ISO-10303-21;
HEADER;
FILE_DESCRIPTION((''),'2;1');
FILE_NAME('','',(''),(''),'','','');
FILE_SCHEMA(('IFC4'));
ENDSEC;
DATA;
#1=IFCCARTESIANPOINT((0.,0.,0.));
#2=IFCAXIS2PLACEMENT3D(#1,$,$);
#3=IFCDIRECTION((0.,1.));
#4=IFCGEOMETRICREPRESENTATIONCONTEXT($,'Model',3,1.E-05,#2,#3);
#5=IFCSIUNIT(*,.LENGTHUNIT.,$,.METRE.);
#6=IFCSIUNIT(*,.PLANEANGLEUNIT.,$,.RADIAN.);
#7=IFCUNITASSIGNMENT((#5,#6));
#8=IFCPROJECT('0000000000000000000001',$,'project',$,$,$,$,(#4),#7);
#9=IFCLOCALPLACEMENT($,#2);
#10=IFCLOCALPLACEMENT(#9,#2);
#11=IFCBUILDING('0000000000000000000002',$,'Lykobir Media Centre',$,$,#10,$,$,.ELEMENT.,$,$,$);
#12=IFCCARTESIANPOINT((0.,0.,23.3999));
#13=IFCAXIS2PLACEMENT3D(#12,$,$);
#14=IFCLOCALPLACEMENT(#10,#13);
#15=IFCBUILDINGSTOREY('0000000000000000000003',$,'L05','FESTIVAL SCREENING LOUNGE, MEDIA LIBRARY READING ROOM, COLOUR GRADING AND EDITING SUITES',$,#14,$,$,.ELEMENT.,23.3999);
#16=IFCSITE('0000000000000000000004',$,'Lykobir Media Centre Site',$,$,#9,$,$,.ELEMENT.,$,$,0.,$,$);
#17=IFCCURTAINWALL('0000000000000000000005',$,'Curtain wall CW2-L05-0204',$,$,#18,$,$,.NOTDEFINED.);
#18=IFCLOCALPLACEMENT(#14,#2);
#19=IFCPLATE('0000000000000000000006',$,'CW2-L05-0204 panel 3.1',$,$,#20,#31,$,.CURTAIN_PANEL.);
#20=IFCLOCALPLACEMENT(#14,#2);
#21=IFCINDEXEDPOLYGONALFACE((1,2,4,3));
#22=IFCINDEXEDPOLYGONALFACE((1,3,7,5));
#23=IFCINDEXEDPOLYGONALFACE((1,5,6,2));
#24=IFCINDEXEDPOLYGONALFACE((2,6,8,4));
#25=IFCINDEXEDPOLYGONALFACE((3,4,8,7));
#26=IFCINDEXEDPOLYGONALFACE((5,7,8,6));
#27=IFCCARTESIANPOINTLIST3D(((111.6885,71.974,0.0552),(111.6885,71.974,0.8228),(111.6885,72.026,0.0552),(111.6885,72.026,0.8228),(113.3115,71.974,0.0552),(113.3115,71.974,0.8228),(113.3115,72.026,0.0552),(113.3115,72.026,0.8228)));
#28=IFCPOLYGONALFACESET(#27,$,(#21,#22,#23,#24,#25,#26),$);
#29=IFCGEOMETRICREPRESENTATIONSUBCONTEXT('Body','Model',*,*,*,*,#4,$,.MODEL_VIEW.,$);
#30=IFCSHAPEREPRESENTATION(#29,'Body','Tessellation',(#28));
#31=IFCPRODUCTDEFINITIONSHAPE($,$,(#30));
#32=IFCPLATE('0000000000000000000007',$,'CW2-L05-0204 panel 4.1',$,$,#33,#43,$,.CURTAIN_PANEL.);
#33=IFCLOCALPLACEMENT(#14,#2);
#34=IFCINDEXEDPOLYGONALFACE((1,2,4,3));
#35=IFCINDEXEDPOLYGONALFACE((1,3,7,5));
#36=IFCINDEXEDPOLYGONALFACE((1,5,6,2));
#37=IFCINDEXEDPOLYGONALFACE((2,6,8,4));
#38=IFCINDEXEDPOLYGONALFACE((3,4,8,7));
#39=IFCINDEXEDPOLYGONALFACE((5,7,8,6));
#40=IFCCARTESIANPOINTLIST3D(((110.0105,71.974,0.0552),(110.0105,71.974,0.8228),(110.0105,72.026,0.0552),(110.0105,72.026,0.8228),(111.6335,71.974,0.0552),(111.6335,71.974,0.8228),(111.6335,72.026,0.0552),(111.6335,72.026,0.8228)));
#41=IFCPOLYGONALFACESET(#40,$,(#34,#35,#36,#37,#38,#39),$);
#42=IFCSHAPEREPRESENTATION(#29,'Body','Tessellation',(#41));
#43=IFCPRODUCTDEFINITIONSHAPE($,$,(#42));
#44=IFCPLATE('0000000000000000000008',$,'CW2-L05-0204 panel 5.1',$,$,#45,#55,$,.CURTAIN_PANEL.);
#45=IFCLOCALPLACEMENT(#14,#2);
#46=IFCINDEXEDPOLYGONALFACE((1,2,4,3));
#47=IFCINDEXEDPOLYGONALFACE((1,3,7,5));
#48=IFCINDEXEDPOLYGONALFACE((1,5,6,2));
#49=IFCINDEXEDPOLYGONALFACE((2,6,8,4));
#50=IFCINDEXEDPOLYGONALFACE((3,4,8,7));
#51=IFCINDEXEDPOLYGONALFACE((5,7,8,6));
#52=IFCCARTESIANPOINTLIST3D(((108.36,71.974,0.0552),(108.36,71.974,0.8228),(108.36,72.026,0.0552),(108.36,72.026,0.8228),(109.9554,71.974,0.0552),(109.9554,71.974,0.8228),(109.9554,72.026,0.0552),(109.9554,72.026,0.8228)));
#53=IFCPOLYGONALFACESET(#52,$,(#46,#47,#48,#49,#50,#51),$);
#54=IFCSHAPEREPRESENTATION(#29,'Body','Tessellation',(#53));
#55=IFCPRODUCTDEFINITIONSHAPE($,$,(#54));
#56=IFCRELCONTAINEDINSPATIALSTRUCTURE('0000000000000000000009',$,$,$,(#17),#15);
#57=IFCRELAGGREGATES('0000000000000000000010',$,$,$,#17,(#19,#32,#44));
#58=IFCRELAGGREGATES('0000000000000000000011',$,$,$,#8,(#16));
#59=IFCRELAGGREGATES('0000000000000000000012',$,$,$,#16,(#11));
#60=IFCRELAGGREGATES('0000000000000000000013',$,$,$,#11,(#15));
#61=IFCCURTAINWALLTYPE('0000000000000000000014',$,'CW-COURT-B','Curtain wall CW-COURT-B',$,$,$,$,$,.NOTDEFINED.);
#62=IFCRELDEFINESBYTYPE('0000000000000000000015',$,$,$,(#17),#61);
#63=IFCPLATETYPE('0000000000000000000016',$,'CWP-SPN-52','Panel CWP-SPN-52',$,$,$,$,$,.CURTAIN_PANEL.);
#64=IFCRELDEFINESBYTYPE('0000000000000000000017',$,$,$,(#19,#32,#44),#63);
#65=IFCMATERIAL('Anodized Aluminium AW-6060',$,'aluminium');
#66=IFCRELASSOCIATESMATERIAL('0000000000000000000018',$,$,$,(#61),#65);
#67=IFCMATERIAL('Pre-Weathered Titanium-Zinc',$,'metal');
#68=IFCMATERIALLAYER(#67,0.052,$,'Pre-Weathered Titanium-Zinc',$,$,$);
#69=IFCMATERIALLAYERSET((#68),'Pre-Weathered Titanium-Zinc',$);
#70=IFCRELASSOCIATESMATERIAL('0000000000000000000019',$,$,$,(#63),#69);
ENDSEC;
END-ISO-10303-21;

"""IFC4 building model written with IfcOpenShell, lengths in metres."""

from ifc_helpers import new_model, si_unit, direction, frame, origin, origin_2d, place, context, subcontext, project, spatial, rectangle, extrude, material, layer, layer_set, type_object, element, aggregate, save


model = new_model("IFC4")

# Units and contexts
model_context = context("Model", 3, precision=1e-05, world=origin(), true_north=direction((0.0, 1.0)))
body_context = subcontext(model_context, "Body", "Model", "MODEL_VIEW")
ifc_project = project(units=[si_unit("LENGTHUNIT", "METRE"), si_unit("PLANEANGLEUNIT", "RADIAN")], contexts=[model_context])

# Site, building, storey
site_placement = place(None, origin())
site = spatial("IfcSite", under=ifc_project, at=site_placement, Name="Lykobir Media Centre Site", CompositionType="ELEMENT", RefElevation=0.0)
building_placement = place(site_placement, origin())
building = spatial("IfcBuilding", under=site, at=building_placement, Name="Lykobir Media Centre", CompositionType="ELEMENT")
storey_placement = place(building_placement, frame((0.0, 0.0, 23.3999)))
storey = spatial("IfcBuildingStorey", under=building, at=storey_placement, Name="L05", Description="FESTIVAL SCREENING LOUNGE, MEDIA LIBRARY READING ROOM, COLOUR GRADING AND EDITING SUITES", CompositionType="ELEMENT", Elevation=23.3999)

# Curtain wall, plates
ifc_material_1 = material(Name="Anodized Aluminium AW-6060", Category="aluminium")
curtain_wall_type = type_object("IfcCurtainWallType", Name="CW-COURT-B", Description="Curtain wall CW-COURT-B", PredefinedType="NOTDEFINED", material=ifc_material_1)
curtain_wall_placement = place(storey_placement, origin())
curtain_wall = element("IfcCurtainWall", 1, at=curtain_wall_placement, inside=storey, type_object=curtain_wall_type, Name="Curtain wall CW2-L05-0204", PredefinedType="NOTDEFINED")
ifc_material_2 = material(Name="Pre-Weathered Titanium-Zinc", Category="metal")
ifc_layer_1 = layer(ifc_material_2, 0.052, Name="Pre-Weathered Titanium-Zinc")
ifc_layer_set_1 = layer_set([ifc_layer_1], Name="Pre-Weathered Titanium-Zinc")
plate_type_1 = type_object("IfcPlateType", Name="CWP-SPN-52", Description="Panel CWP-SPN-52", PredefinedType="CURTAIN_PANEL", material=ifc_layer_set_1)
plate_1_placement = place(storey_placement, frame((112.5, 72.0, 0.0552), z_axis=(0.0, 0.0, 1.0), x_axis=(-1.0, 0.0, 0.0)))
plate_1 = element("IfcPlate", 2, at=plate_1_placement, type_object=plate_type_1, Name="CW2-L05-0204 panel 3.1", PredefinedType="CURTAIN_PANEL", context=body_context, shape_type="SweptSolid", body=[
    extrude(rectangle(XDim=1.623, YDim=0.052, at=origin_2d()), origin(), (0.0, 0.0, 1.0), 0.7676),
])
plate_2_placement = place(storey_placement, frame((110.822, 72.0, 0.0552), z_axis=(0.0, 0.0, 1.0), x_axis=(-1.0, 0.0, 0.0)))
plate_2 = element("IfcPlate", 3, at=plate_2_placement, type_object=plate_type_1, Name="CW2-L05-0204 panel 4.1", PredefinedType="CURTAIN_PANEL", context=body_context, shape_type="SweptSolid", body=[
    extrude(rectangle(XDim=1.623, YDim=0.052, at=origin_2d()), origin(), (0.0, 0.0, 1.0), 0.7676),
])
plate_3_placement = place(storey_placement, frame((109.1577, 72.0, 0.0552), z_axis=(0.0, 0.0, 1.0), x_axis=(-1.0, 0.0, 0.0)))
plate_3 = element("IfcPlate", 4, at=plate_3_placement, type_object=plate_type_1, Name="CW2-L05-0204 panel 5.1", PredefinedType="CURTAIN_PANEL", context=body_context, shape_type="SweptSolid", body=[
    extrude(rectangle(XDim=1.5955, YDim=0.052, at=origin_2d()), origin(), (0.0, 0.0, 1.0), 0.7676),
])
aggregate(curtain_wall, [plate_1, plate_2, plate_3])

save(model, "model.ifc")
